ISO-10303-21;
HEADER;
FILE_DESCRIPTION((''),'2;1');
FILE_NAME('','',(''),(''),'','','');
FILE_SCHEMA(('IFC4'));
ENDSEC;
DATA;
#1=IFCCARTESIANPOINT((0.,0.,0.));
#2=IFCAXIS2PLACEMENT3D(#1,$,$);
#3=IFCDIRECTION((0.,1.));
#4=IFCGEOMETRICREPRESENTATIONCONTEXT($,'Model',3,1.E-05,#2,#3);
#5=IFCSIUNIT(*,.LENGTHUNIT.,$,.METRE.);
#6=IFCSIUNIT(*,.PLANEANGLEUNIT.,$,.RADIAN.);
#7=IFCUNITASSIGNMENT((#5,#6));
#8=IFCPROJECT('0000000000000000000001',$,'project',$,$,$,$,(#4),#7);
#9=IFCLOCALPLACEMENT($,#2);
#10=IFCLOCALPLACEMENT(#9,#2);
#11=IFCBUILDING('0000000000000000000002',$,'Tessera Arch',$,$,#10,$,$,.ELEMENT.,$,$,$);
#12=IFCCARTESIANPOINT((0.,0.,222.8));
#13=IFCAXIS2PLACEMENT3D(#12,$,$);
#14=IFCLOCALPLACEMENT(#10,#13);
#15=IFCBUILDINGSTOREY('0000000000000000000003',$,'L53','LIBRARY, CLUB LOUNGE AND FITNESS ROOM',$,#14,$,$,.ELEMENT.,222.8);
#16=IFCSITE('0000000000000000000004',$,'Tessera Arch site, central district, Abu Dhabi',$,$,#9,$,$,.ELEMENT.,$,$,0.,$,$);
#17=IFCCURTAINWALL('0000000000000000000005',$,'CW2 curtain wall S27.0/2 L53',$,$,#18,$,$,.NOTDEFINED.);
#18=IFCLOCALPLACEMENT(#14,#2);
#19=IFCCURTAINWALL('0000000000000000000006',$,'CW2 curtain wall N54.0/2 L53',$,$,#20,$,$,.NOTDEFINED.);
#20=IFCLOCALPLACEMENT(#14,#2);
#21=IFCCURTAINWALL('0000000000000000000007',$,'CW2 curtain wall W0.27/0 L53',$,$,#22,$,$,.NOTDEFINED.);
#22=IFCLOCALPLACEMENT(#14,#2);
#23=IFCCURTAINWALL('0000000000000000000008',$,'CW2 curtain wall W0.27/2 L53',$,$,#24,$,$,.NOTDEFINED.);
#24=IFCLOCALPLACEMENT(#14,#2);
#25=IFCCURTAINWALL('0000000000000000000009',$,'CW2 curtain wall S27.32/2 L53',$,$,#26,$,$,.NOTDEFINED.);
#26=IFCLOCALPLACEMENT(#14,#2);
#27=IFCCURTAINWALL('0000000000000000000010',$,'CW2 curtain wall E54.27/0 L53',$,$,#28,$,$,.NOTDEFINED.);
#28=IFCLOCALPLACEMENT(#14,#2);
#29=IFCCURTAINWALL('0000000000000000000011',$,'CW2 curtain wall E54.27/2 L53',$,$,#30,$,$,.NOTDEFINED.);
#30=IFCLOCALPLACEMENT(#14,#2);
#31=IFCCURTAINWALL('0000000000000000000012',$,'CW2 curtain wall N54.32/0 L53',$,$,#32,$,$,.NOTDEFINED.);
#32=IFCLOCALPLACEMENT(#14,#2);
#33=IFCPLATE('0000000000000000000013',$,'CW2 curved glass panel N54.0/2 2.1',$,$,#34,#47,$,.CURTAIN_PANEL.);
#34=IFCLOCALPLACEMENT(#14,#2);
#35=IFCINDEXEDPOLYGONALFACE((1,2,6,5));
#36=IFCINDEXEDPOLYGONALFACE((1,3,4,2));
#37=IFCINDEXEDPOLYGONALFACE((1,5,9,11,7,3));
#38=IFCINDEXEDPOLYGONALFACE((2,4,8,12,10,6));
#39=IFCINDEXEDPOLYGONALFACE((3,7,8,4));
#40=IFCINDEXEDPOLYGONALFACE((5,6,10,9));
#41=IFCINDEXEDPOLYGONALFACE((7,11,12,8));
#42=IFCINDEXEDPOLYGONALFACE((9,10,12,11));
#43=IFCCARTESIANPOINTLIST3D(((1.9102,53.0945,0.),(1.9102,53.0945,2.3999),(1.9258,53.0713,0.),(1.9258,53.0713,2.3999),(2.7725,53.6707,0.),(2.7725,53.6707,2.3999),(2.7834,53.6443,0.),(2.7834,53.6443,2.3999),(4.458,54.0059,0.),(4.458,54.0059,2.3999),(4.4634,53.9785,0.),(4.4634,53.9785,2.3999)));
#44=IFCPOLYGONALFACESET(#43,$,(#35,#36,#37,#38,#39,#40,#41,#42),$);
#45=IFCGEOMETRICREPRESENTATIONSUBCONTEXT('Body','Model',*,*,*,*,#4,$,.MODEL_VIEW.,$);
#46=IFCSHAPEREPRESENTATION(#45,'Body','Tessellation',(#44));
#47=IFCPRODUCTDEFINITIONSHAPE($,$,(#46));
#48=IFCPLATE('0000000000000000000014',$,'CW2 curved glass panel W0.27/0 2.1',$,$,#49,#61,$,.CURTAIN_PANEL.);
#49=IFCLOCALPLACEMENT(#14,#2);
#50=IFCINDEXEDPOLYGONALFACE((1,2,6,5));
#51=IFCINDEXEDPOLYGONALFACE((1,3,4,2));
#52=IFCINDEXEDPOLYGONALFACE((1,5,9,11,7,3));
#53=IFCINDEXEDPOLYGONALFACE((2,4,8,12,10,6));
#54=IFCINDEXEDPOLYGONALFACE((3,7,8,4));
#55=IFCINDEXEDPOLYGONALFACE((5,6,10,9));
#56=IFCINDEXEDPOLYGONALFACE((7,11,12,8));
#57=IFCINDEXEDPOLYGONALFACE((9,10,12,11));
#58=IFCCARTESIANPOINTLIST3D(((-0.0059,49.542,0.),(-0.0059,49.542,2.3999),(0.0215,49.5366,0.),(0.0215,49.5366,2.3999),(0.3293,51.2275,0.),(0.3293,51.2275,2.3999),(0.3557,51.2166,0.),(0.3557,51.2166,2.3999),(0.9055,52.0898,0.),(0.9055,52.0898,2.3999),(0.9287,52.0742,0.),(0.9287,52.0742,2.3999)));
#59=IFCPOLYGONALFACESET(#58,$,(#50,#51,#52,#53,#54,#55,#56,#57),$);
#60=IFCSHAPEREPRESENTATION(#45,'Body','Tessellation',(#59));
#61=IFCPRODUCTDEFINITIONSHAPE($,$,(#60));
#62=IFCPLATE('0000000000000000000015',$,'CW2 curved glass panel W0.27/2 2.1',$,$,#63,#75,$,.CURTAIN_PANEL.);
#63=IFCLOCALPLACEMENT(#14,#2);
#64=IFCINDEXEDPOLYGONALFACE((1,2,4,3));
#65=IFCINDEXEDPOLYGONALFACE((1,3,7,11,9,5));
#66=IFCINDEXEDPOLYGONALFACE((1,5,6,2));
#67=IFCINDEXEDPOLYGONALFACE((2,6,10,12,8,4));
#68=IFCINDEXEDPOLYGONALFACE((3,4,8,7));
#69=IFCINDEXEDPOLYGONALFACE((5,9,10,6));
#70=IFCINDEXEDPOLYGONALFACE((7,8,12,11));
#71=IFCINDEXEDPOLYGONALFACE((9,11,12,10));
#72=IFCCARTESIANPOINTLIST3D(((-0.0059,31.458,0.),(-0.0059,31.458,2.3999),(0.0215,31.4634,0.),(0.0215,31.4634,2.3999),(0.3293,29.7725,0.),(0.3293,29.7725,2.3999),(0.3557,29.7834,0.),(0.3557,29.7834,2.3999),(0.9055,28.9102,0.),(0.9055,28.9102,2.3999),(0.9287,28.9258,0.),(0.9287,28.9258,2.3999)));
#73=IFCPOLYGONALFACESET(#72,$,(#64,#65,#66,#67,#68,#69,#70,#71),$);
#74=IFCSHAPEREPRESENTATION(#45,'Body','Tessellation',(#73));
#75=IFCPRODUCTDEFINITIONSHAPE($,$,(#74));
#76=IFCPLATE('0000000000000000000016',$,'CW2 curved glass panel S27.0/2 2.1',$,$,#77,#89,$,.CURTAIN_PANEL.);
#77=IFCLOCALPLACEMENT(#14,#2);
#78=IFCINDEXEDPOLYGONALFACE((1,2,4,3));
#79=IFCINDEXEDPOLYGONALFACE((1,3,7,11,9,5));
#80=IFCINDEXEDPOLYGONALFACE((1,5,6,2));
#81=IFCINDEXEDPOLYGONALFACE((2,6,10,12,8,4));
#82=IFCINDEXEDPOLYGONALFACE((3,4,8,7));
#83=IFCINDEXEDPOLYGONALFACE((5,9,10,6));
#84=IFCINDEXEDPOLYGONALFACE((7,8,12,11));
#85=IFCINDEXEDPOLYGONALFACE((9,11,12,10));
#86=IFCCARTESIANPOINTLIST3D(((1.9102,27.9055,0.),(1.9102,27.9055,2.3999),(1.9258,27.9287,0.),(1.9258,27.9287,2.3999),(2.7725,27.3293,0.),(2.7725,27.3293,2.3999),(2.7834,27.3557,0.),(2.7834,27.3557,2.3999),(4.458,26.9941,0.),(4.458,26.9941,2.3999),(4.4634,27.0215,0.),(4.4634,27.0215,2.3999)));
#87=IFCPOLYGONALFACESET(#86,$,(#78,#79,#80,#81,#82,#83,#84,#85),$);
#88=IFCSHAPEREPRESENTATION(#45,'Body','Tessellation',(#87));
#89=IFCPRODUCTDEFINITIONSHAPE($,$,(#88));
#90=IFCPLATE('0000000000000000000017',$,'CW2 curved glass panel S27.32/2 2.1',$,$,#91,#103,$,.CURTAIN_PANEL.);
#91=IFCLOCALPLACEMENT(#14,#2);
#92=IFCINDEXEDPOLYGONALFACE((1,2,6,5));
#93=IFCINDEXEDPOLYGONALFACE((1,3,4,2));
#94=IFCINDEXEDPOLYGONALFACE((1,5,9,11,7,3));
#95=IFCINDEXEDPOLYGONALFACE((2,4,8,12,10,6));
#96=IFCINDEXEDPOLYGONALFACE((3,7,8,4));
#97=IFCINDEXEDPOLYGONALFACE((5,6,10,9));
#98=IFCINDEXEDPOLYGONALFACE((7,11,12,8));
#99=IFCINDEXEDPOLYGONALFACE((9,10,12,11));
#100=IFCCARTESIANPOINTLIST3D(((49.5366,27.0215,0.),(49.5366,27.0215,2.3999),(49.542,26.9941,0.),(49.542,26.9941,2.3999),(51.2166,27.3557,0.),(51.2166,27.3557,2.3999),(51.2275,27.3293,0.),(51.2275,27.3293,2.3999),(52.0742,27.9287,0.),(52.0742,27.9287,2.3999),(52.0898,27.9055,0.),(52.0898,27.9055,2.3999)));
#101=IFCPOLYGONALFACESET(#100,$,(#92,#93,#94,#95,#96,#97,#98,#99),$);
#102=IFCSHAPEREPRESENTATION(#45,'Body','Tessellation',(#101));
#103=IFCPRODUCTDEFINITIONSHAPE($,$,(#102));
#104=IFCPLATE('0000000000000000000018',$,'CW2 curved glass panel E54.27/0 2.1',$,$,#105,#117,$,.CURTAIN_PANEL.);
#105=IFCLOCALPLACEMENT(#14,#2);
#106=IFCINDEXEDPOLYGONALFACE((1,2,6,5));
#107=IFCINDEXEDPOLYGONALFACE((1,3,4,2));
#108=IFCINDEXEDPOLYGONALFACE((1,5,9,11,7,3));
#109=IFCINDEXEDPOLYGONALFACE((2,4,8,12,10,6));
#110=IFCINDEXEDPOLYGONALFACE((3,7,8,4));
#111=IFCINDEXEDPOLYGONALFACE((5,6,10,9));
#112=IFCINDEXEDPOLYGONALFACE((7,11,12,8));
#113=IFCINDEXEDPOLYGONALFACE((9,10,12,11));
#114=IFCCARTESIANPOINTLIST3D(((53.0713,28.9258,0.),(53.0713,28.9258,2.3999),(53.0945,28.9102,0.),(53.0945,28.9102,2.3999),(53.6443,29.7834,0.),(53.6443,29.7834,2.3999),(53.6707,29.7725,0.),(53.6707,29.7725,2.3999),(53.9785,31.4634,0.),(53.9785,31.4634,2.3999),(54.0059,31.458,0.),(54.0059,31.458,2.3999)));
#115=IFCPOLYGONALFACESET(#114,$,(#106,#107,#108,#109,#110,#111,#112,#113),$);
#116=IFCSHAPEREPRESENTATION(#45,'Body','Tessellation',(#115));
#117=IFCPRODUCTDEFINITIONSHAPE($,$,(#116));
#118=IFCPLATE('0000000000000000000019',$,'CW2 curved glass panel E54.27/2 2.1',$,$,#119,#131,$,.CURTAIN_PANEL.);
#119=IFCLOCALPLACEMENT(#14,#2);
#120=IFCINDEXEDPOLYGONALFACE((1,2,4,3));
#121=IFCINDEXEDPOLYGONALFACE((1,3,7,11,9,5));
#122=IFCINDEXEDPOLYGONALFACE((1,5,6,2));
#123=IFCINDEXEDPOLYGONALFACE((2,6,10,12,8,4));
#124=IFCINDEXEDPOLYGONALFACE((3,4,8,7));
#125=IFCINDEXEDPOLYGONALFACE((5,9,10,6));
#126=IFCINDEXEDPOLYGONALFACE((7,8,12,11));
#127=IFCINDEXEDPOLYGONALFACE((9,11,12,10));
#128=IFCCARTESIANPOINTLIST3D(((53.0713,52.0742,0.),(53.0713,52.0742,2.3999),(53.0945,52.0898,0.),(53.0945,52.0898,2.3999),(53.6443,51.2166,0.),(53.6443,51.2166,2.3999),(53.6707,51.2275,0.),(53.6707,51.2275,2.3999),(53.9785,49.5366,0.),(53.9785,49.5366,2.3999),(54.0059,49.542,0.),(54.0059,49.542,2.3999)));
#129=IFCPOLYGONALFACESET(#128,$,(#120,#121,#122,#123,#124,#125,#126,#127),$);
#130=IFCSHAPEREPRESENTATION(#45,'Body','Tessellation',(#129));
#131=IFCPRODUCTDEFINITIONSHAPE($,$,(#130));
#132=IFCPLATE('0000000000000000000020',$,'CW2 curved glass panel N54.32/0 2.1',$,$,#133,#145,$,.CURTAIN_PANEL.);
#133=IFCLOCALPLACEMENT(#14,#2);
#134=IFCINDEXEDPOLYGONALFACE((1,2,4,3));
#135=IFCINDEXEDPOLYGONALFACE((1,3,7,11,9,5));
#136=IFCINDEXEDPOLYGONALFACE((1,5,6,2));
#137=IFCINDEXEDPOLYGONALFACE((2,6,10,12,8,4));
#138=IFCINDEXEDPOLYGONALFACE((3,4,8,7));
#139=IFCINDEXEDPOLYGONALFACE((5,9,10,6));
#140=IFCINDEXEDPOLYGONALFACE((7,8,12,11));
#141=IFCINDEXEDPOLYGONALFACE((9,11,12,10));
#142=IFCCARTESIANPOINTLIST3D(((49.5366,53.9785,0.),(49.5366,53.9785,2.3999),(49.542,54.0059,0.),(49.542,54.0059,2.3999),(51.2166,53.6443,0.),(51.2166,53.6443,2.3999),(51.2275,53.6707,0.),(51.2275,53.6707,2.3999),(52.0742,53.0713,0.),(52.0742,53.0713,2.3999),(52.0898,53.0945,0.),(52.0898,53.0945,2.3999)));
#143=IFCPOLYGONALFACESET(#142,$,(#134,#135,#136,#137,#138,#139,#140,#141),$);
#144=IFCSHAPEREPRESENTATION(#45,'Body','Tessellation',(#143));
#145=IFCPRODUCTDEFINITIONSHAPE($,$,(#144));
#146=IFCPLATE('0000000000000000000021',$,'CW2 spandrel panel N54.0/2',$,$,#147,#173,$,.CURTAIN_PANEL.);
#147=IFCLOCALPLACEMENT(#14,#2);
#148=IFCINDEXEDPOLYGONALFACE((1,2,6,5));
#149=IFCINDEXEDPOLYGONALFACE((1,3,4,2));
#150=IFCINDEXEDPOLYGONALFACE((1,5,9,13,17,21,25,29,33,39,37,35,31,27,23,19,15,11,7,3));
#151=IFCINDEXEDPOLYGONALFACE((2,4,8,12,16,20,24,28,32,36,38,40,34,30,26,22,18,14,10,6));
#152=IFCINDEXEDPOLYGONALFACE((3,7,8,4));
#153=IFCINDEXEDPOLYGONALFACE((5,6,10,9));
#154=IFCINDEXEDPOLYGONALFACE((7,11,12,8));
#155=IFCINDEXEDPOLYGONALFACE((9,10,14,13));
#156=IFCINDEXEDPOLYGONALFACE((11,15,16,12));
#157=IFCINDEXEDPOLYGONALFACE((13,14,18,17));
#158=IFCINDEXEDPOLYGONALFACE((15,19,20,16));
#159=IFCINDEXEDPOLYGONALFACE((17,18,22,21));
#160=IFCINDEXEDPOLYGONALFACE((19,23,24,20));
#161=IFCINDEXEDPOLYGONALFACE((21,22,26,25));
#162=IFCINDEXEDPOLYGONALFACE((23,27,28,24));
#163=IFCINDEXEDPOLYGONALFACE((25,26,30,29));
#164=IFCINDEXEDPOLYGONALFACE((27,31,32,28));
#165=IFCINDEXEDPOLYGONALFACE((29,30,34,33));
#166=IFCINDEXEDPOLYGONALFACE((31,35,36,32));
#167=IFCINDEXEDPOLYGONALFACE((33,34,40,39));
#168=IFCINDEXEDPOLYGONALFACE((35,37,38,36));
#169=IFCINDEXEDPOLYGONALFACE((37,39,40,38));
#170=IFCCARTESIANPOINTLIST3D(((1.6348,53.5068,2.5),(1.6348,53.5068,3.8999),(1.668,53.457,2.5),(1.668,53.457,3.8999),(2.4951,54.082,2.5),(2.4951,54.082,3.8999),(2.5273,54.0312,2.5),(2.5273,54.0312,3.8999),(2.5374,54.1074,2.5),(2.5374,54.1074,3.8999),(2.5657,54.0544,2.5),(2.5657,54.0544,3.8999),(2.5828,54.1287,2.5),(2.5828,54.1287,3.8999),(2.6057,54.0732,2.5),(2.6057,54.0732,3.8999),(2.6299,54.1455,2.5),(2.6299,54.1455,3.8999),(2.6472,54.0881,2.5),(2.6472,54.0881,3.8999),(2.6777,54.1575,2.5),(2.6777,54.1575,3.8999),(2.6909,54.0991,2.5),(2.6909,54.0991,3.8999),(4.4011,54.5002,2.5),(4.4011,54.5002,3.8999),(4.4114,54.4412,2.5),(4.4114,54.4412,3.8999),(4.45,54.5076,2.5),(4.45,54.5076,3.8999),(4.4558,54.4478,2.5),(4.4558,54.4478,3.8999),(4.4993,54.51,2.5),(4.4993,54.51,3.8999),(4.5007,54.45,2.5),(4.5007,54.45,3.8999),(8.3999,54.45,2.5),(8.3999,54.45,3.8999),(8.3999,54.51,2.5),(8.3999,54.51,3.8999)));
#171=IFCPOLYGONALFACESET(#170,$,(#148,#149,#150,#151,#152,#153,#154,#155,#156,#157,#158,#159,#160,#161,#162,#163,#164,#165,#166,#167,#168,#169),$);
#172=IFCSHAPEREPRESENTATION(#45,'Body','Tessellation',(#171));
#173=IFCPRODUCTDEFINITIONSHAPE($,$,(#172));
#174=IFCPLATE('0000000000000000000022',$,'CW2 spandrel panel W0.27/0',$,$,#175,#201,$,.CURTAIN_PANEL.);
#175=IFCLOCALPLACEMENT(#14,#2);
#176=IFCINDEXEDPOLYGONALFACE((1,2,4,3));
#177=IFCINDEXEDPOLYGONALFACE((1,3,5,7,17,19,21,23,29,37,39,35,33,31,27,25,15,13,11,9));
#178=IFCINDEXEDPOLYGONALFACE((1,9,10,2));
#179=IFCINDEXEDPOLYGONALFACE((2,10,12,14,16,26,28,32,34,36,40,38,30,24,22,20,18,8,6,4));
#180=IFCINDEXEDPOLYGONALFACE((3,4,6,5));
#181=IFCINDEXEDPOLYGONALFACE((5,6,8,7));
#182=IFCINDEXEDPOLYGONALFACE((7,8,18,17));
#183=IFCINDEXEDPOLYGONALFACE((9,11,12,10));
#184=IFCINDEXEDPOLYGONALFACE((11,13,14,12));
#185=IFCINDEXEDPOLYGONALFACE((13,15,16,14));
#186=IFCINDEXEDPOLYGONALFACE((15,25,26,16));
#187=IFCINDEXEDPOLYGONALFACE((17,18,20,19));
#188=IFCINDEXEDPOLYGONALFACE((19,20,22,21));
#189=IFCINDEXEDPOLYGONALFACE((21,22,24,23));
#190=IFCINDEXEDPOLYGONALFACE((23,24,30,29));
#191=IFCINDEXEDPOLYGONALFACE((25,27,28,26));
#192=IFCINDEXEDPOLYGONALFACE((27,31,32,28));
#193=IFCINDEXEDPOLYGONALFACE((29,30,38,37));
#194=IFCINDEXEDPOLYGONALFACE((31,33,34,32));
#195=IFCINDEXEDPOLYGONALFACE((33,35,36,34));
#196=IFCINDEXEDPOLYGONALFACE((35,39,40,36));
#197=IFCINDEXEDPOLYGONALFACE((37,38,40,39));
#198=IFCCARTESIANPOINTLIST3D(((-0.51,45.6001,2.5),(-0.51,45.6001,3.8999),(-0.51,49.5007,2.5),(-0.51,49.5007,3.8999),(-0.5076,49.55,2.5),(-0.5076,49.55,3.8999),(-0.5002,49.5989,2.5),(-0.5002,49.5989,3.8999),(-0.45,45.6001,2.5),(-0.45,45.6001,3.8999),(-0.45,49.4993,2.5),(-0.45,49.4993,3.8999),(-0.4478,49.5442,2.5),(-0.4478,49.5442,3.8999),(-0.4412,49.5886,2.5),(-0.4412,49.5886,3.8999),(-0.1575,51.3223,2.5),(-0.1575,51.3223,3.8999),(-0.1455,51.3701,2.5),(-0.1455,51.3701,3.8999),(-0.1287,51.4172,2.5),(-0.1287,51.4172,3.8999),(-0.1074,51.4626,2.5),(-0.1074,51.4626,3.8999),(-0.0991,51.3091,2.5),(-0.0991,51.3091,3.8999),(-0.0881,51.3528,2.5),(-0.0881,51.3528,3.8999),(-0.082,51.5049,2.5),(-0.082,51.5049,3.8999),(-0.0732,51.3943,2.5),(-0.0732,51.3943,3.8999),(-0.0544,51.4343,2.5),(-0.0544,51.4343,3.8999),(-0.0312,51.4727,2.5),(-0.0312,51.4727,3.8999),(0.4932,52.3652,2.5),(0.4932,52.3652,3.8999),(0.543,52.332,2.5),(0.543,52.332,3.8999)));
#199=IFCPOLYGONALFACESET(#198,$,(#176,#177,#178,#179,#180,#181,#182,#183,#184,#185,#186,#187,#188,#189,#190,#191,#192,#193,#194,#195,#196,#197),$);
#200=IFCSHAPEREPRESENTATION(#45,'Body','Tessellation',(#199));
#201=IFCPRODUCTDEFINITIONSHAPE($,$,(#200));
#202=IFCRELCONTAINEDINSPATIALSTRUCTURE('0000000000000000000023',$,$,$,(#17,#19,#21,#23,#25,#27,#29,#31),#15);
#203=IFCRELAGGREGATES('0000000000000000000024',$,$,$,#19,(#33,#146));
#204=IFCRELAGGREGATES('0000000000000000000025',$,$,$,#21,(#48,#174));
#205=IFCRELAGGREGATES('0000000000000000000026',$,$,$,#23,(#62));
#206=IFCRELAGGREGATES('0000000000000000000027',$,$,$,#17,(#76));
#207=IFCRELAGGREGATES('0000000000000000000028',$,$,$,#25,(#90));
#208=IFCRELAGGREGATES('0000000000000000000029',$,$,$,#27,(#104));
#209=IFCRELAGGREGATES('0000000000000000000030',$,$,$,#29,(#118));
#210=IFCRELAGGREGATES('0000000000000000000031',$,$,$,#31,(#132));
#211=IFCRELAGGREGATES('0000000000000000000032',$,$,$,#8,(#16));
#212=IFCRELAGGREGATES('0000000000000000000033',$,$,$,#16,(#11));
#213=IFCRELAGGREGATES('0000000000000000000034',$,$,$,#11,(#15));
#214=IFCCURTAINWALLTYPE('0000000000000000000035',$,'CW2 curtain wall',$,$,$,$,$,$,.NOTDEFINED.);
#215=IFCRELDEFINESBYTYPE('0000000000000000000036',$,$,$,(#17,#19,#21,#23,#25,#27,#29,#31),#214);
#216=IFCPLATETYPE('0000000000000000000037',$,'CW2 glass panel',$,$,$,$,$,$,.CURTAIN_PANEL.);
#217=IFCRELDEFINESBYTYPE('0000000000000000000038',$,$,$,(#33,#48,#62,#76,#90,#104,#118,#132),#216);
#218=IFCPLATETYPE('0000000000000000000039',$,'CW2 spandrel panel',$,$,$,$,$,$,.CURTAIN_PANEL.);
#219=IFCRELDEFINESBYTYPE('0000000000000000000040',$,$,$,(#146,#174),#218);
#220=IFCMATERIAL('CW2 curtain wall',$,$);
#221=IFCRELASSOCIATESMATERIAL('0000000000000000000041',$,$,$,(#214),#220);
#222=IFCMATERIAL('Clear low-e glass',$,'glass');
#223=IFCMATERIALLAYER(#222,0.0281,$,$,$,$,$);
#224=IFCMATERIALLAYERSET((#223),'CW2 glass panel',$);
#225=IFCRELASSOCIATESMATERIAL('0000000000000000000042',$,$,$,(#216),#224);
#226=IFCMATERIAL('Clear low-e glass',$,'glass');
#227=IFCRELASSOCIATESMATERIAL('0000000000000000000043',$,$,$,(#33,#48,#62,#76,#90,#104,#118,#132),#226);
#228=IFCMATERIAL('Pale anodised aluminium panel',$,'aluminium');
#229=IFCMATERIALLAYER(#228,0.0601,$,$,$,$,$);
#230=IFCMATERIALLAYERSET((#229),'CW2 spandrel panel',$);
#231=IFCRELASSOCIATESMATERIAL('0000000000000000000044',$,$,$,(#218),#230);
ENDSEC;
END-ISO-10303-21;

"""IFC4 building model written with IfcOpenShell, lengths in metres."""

from ifc_helpers import new_model, si_unit, direction, frame, origin, place, context, subcontext, project, spatial, polyline, outline, extrude, material, layer, layer_set, type_object, element, aggregate, save


model = new_model("IFC4")

# Units and contexts
model_context = context("Model", 3, precision=1e-05, world=origin(), true_north=direction((0.0, 1.0)))
body_context = subcontext(model_context, "Body", "Model", "MODEL_VIEW")
ifc_project = project(units=[si_unit("LENGTHUNIT", "METRE"), si_unit("PLANEANGLEUNIT", "RADIAN")], contexts=[model_context])

# Site, building, storey
site_placement = place(None, origin())
site = spatial("IfcSite", under=ifc_project, at=site_placement, Name="Tessera Arch site, central district, Abu Dhabi", CompositionType="ELEMENT", RefElevation=0.0)
building_placement = place(site_placement, origin())
building = spatial("IfcBuilding", under=site, at=building_placement, Name="Tessera Arch", CompositionType="ELEMENT")
storey_placement = place(building_placement, frame((0.0, 0.0, 222.8)))
storey = spatial("IfcBuildingStorey", under=building, at=storey_placement, Name="L53", Description="LIBRARY, CLUB LOUNGE AND FITNESS ROOM", CompositionType="ELEMENT", Elevation=222.8)

# Curtain walls
ifc_material_1 = material(Name="CW2 curtain wall")
curtain_wall_type_1 = type_object("IfcCurtainWallType", Name="CW2 curtain wall", PredefinedType="NOTDEFINED", material=ifc_material_1)
curtain_wall_1_placement = place(storey_placement, origin())
curtain_wall_1 = element("IfcCurtainWall", 1, at=curtain_wall_1_placement, inside=storey, type_object=curtain_wall_type_1, Name="CW2 curtain wall S27.0/2 L53", PredefinedType="NOTDEFINED")
curtain_wall_2_placement = place(storey_placement, origin())
curtain_wall_2 = element("IfcCurtainWall", 2, at=curtain_wall_2_placement, inside=storey, type_object=curtain_wall_type_1, Name="CW2 curtain wall N54.0/2 L53", PredefinedType="NOTDEFINED")
curtain_wall_3_placement = place(storey_placement, origin())
curtain_wall_3 = element("IfcCurtainWall", 3, at=curtain_wall_3_placement, inside=storey, type_object=curtain_wall_type_1, Name="CW2 curtain wall W0.27/0 L53", PredefinedType="NOTDEFINED")
curtain_wall_4_placement = place(storey_placement, origin())
curtain_wall_4 = element("IfcCurtainWall", 4, at=curtain_wall_4_placement, inside=storey, type_object=curtain_wall_type_1, Name="CW2 curtain wall W0.27/2 L53", PredefinedType="NOTDEFINED")

# Curtain walls
curtain_wall_5_placement = place(storey_placement, origin())
curtain_wall_5 = element("IfcCurtainWall", 5, at=curtain_wall_5_placement, inside=storey, type_object=curtain_wall_type_1, Name="CW2 curtain wall S27.32/2 L53", PredefinedType="NOTDEFINED")
curtain_wall_6_placement = place(storey_placement, origin())
curtain_wall_6 = element("IfcCurtainWall", 6, at=curtain_wall_6_placement, inside=storey, type_object=curtain_wall_type_1, Name="CW2 curtain wall E54.27/0 L53", PredefinedType="NOTDEFINED")
curtain_wall_7_placement = place(storey_placement, origin())
curtain_wall_7 = element("IfcCurtainWall", 7, at=curtain_wall_7_placement, inside=storey, type_object=curtain_wall_type_1, Name="CW2 curtain wall E54.27/2 L53", PredefinedType="NOTDEFINED")
curtain_wall_8_placement = place(storey_placement, origin())
curtain_wall_8 = element("IfcCurtainWall", 8, at=curtain_wall_8_placement, inside=storey, type_object=curtain_wall_type_1, Name="CW2 curtain wall N54.32/0 L53", PredefinedType="NOTDEFINED")

# Plates
ifc_material_2 = material(Name="Clear low-e glass", Category="glass")
ifc_material_3 = material(Name="Clear low-e glass", Category="glass")
ifc_layer_1 = layer(ifc_material_3, 0.0281)
ifc_layer_set_1 = layer_set([ifc_layer_1], Name="CW2 glass panel")
plate_type_1 = type_object("IfcPlateType", Name="CW2 glass panel", PredefinedType="CURTAIN_PANEL", material=ifc_layer_set_1)
plate_1_placement = place(storey_placement, origin())
plate_1 = element("IfcPlate", 9, at=plate_1_placement, type_object=plate_type_1, material=ifc_material_2, Name="CW2 curved glass panel N54.0/2 2.1", PredefinedType="CURTAIN_PANEL", context=body_context, shape_type="SweptSolid", body=[
    extrude(outline(polyline([(2.7834, 53.6443), (4.4634, 53.9785), (4.458, 54.0059), (2.7725, 53.6707), (1.9102, 53.0945), (1.9258, 53.0713), (2.7834, 53.6443)])), origin(), (0.0, 0.0, 1.0), 2.3999),
])
plate_2_placement = place(storey_placement, origin())
plate_2 = element("IfcPlate", 10, at=plate_2_placement, type_object=plate_type_1, material=ifc_material_2, Name="CW2 curved glass panel W0.27/0 2.1", PredefinedType="CURTAIN_PANEL", context=body_context, shape_type="SweptSolid", body=[
    extrude(outline(polyline([(0.3557, 51.2166), (0.9287, 52.0742), (0.9055, 52.0898), (0.3293, 51.2275), (-0.0059, 49.542), (0.0215, 49.5366), (0.3557, 51.2166)])), origin(), (0.0, 0.0, 1.0), 2.3999),
])
plate_3_placement = place(storey_placement, origin())
plate_3 = element("IfcPlate", 11, at=plate_3_placement, type_object=plate_type_1, material=ifc_material_2, Name="CW2 curved glass panel W0.27/2 2.1", PredefinedType="CURTAIN_PANEL", context=body_context, shape_type="SweptSolid", body=[
    extrude(outline(polyline([(0.3557, 29.7834), (0.0215, 31.4634), (-0.0059, 31.458), (0.3293, 29.7725), (0.9055, 28.9102), (0.9287, 28.9258), (0.3557, 29.7834)])), origin(), (0.0, 0.0, 1.0), 2.3999),
])
plate_4_placement = place(storey_placement, origin())
plate_4 = element("IfcPlate", 12, at=plate_4_placement, type_object=plate_type_1, material=ifc_material_2, Name="CW2 curved glass panel S27.0/2 2.1", PredefinedType="CURTAIN_PANEL", context=body_context, shape_type="SweptSolid", body=[
    extrude(outline(polyline([(2.7834, 27.3557), (1.9258, 27.9287), (1.9102, 27.9055), (2.7725, 27.3293), (4.458, 26.9941), (4.4634, 27.0215), (2.7834, 27.3557)])), origin(), (0.0, 0.0, 1.0), 2.3999),
])
plate_5_placement = place(storey_placement, origin())
plate_5 = element("IfcPlate", 13, at=plate_5_placement, type_object=plate_type_1, material=ifc_material_2, Name="CW2 curved glass panel S27.32/2 2.1", PredefinedType="CURTAIN_PANEL", context=body_context, shape_type="SweptSolid", body=[
    extrude(outline(polyline([(51.2166, 27.3557), (49.5366, 27.0215), (49.542, 26.9941), (51.2275, 27.3293), (52.0898, 27.9055), (52.0742, 27.9287), (51.2166, 27.3557)])), origin(), (0.0, 0.0, 1.0), 2.3999),
])
plate_6_placement = place(storey_placement, origin())
plate_6 = element("IfcPlate", 14, at=plate_6_placement, type_object=plate_type_1, material=ifc_material_2, Name="CW2 curved glass panel E54.27/0 2.1", PredefinedType="CURTAIN_PANEL", context=body_context, shape_type="SweptSolid", body=[
    extrude(outline(polyline([(53.6443, 29.7834), (53.0713, 28.9258), (53.0945, 28.9102), (53.6707, 29.7725), (54.0059, 31.458), (53.9785, 31.4634), (53.6443, 29.7834)])), origin(), (0.0, 0.0, 1.0), 2.3999),
])
plate_7_placement = place(storey_placement, origin())
plate_7 = element("IfcPlate", 15, at=plate_7_placement, type_object=plate_type_1, material=ifc_material_2, Name="CW2 curved glass panel E54.27/2 2.1", PredefinedType="CURTAIN_PANEL", context=body_context, shape_type="SweptSolid", body=[
    extrude(outline(polyline([(53.6443, 51.2166), (53.9785, 49.5366), (54.0059, 49.542), (53.6707, 51.2275), (53.0945, 52.0898), (53.0713, 52.0742), (53.6443, 51.2166)])), origin(), (0.0, 0.0, 1.0), 2.3999),
])
plate_8_placement = place(storey_placement, origin())
plate_8 = element("IfcPlate", 16, at=plate_8_placement, type_object=plate_type_1, material=ifc_material_2, Name="CW2 curved glass panel N54.32/0 2.1", PredefinedType="CURTAIN_PANEL", context=body_context, shape_type="SweptSolid", body=[
    extrude(outline(polyline([(51.2166, 53.6443), (52.0742, 53.0713), (52.0898, 53.0945), (51.2275, 53.6707), (49.542, 54.0059), (49.5366, 53.9785), (51.2166, 53.6443)])), origin(), (0.0, 0.0, 1.0), 2.3999),
])
ifc_material_4 = material(Name="Pale anodised aluminium panel", Category="aluminium")
ifc_layer_2 = layer(ifc_material_4, 0.0601)
ifc_layer_set_2 = layer_set([ifc_layer_2], Name="CW2 spandrel panel")
plate_type_2 = type_object("IfcPlateType", Name="CW2 spandrel panel", PredefinedType="CURTAIN_PANEL", material=ifc_layer_set_2)
plate_9_placement = place(storey_placement, frame((0.0, 0.0, 2.5)))
plate_9 = element("IfcPlate", 17, at=plate_9_placement, type_object=plate_type_2, Name="CW2 spandrel panel N54.0/2", PredefinedType="CURTAIN_PANEL", context=body_context, shape_type="SweptSolid", body=[
    extrude(outline(polyline([(4.5007, 54.45), (8.3999, 54.45), (8.3999, 54.51), (4.4993, 54.51), (4.45, 54.5076), (4.4011, 54.5002), (2.6777, 54.1575), (2.6299, 54.1455), (2.5828, 54.1287), (2.5374, 54.1074), (2.4951, 54.082), (1.6348, 53.5068), (1.668, 53.457), (2.5273, 54.0312), (2.5657, 54.0544), (2.6057, 54.0732), (2.6472, 54.0881), (2.6909, 54.0991), (4.4114, 54.4412), (4.4558, 54.4478), (4.5007, 54.45)])), origin(), (0.0, 0.0, 1.0), 1.3999),
])
aggregate(curtain_wall_2, [plate_1, plate_9])
plate_10_placement = place(storey_placement, frame((0.0, 0.0, 2.5)))
plate_10 = element("IfcPlate", 18, at=plate_10_placement, type_object=plate_type_2, Name="CW2 spandrel panel W0.27/0", PredefinedType="CURTAIN_PANEL", context=body_context, shape_type="SweptSolid", body=[
    extrude(outline(polyline([(-0.0312, 51.4727), (0.543, 52.332), (0.4932, 52.3652), (-0.082, 51.5049), (-0.1074, 51.4626), (-0.1287, 51.4172), (-0.1455, 51.3701), (-0.1575, 51.3223), (-0.5002, 49.5989), (-0.5076, 49.55), (-0.51, 49.5007), (-0.51, 45.6001), (-0.45, 45.6001), (-0.45, 49.4993), (-0.4478, 49.5442), (-0.4412, 49.5886), (-0.0991, 51.3091), (-0.0881, 51.3528), (-0.0732, 51.3943), (-0.0544, 51.4343), (-0.0312, 51.4727)])), origin(), (0.0, 0.0, 1.0), 1.3999),
])
aggregate(curtain_wall_3, [plate_2, plate_10])
aggregate(curtain_wall_4, [plate_3])
aggregate(curtain_wall_1, [plate_4])
aggregate(curtain_wall_5, [plate_5])
aggregate(curtain_wall_6, [plate_6])
aggregate(curtain_wall_7, [plate_7])
aggregate(curtain_wall_8, [plate_8])

save(model, "model.ifc")
